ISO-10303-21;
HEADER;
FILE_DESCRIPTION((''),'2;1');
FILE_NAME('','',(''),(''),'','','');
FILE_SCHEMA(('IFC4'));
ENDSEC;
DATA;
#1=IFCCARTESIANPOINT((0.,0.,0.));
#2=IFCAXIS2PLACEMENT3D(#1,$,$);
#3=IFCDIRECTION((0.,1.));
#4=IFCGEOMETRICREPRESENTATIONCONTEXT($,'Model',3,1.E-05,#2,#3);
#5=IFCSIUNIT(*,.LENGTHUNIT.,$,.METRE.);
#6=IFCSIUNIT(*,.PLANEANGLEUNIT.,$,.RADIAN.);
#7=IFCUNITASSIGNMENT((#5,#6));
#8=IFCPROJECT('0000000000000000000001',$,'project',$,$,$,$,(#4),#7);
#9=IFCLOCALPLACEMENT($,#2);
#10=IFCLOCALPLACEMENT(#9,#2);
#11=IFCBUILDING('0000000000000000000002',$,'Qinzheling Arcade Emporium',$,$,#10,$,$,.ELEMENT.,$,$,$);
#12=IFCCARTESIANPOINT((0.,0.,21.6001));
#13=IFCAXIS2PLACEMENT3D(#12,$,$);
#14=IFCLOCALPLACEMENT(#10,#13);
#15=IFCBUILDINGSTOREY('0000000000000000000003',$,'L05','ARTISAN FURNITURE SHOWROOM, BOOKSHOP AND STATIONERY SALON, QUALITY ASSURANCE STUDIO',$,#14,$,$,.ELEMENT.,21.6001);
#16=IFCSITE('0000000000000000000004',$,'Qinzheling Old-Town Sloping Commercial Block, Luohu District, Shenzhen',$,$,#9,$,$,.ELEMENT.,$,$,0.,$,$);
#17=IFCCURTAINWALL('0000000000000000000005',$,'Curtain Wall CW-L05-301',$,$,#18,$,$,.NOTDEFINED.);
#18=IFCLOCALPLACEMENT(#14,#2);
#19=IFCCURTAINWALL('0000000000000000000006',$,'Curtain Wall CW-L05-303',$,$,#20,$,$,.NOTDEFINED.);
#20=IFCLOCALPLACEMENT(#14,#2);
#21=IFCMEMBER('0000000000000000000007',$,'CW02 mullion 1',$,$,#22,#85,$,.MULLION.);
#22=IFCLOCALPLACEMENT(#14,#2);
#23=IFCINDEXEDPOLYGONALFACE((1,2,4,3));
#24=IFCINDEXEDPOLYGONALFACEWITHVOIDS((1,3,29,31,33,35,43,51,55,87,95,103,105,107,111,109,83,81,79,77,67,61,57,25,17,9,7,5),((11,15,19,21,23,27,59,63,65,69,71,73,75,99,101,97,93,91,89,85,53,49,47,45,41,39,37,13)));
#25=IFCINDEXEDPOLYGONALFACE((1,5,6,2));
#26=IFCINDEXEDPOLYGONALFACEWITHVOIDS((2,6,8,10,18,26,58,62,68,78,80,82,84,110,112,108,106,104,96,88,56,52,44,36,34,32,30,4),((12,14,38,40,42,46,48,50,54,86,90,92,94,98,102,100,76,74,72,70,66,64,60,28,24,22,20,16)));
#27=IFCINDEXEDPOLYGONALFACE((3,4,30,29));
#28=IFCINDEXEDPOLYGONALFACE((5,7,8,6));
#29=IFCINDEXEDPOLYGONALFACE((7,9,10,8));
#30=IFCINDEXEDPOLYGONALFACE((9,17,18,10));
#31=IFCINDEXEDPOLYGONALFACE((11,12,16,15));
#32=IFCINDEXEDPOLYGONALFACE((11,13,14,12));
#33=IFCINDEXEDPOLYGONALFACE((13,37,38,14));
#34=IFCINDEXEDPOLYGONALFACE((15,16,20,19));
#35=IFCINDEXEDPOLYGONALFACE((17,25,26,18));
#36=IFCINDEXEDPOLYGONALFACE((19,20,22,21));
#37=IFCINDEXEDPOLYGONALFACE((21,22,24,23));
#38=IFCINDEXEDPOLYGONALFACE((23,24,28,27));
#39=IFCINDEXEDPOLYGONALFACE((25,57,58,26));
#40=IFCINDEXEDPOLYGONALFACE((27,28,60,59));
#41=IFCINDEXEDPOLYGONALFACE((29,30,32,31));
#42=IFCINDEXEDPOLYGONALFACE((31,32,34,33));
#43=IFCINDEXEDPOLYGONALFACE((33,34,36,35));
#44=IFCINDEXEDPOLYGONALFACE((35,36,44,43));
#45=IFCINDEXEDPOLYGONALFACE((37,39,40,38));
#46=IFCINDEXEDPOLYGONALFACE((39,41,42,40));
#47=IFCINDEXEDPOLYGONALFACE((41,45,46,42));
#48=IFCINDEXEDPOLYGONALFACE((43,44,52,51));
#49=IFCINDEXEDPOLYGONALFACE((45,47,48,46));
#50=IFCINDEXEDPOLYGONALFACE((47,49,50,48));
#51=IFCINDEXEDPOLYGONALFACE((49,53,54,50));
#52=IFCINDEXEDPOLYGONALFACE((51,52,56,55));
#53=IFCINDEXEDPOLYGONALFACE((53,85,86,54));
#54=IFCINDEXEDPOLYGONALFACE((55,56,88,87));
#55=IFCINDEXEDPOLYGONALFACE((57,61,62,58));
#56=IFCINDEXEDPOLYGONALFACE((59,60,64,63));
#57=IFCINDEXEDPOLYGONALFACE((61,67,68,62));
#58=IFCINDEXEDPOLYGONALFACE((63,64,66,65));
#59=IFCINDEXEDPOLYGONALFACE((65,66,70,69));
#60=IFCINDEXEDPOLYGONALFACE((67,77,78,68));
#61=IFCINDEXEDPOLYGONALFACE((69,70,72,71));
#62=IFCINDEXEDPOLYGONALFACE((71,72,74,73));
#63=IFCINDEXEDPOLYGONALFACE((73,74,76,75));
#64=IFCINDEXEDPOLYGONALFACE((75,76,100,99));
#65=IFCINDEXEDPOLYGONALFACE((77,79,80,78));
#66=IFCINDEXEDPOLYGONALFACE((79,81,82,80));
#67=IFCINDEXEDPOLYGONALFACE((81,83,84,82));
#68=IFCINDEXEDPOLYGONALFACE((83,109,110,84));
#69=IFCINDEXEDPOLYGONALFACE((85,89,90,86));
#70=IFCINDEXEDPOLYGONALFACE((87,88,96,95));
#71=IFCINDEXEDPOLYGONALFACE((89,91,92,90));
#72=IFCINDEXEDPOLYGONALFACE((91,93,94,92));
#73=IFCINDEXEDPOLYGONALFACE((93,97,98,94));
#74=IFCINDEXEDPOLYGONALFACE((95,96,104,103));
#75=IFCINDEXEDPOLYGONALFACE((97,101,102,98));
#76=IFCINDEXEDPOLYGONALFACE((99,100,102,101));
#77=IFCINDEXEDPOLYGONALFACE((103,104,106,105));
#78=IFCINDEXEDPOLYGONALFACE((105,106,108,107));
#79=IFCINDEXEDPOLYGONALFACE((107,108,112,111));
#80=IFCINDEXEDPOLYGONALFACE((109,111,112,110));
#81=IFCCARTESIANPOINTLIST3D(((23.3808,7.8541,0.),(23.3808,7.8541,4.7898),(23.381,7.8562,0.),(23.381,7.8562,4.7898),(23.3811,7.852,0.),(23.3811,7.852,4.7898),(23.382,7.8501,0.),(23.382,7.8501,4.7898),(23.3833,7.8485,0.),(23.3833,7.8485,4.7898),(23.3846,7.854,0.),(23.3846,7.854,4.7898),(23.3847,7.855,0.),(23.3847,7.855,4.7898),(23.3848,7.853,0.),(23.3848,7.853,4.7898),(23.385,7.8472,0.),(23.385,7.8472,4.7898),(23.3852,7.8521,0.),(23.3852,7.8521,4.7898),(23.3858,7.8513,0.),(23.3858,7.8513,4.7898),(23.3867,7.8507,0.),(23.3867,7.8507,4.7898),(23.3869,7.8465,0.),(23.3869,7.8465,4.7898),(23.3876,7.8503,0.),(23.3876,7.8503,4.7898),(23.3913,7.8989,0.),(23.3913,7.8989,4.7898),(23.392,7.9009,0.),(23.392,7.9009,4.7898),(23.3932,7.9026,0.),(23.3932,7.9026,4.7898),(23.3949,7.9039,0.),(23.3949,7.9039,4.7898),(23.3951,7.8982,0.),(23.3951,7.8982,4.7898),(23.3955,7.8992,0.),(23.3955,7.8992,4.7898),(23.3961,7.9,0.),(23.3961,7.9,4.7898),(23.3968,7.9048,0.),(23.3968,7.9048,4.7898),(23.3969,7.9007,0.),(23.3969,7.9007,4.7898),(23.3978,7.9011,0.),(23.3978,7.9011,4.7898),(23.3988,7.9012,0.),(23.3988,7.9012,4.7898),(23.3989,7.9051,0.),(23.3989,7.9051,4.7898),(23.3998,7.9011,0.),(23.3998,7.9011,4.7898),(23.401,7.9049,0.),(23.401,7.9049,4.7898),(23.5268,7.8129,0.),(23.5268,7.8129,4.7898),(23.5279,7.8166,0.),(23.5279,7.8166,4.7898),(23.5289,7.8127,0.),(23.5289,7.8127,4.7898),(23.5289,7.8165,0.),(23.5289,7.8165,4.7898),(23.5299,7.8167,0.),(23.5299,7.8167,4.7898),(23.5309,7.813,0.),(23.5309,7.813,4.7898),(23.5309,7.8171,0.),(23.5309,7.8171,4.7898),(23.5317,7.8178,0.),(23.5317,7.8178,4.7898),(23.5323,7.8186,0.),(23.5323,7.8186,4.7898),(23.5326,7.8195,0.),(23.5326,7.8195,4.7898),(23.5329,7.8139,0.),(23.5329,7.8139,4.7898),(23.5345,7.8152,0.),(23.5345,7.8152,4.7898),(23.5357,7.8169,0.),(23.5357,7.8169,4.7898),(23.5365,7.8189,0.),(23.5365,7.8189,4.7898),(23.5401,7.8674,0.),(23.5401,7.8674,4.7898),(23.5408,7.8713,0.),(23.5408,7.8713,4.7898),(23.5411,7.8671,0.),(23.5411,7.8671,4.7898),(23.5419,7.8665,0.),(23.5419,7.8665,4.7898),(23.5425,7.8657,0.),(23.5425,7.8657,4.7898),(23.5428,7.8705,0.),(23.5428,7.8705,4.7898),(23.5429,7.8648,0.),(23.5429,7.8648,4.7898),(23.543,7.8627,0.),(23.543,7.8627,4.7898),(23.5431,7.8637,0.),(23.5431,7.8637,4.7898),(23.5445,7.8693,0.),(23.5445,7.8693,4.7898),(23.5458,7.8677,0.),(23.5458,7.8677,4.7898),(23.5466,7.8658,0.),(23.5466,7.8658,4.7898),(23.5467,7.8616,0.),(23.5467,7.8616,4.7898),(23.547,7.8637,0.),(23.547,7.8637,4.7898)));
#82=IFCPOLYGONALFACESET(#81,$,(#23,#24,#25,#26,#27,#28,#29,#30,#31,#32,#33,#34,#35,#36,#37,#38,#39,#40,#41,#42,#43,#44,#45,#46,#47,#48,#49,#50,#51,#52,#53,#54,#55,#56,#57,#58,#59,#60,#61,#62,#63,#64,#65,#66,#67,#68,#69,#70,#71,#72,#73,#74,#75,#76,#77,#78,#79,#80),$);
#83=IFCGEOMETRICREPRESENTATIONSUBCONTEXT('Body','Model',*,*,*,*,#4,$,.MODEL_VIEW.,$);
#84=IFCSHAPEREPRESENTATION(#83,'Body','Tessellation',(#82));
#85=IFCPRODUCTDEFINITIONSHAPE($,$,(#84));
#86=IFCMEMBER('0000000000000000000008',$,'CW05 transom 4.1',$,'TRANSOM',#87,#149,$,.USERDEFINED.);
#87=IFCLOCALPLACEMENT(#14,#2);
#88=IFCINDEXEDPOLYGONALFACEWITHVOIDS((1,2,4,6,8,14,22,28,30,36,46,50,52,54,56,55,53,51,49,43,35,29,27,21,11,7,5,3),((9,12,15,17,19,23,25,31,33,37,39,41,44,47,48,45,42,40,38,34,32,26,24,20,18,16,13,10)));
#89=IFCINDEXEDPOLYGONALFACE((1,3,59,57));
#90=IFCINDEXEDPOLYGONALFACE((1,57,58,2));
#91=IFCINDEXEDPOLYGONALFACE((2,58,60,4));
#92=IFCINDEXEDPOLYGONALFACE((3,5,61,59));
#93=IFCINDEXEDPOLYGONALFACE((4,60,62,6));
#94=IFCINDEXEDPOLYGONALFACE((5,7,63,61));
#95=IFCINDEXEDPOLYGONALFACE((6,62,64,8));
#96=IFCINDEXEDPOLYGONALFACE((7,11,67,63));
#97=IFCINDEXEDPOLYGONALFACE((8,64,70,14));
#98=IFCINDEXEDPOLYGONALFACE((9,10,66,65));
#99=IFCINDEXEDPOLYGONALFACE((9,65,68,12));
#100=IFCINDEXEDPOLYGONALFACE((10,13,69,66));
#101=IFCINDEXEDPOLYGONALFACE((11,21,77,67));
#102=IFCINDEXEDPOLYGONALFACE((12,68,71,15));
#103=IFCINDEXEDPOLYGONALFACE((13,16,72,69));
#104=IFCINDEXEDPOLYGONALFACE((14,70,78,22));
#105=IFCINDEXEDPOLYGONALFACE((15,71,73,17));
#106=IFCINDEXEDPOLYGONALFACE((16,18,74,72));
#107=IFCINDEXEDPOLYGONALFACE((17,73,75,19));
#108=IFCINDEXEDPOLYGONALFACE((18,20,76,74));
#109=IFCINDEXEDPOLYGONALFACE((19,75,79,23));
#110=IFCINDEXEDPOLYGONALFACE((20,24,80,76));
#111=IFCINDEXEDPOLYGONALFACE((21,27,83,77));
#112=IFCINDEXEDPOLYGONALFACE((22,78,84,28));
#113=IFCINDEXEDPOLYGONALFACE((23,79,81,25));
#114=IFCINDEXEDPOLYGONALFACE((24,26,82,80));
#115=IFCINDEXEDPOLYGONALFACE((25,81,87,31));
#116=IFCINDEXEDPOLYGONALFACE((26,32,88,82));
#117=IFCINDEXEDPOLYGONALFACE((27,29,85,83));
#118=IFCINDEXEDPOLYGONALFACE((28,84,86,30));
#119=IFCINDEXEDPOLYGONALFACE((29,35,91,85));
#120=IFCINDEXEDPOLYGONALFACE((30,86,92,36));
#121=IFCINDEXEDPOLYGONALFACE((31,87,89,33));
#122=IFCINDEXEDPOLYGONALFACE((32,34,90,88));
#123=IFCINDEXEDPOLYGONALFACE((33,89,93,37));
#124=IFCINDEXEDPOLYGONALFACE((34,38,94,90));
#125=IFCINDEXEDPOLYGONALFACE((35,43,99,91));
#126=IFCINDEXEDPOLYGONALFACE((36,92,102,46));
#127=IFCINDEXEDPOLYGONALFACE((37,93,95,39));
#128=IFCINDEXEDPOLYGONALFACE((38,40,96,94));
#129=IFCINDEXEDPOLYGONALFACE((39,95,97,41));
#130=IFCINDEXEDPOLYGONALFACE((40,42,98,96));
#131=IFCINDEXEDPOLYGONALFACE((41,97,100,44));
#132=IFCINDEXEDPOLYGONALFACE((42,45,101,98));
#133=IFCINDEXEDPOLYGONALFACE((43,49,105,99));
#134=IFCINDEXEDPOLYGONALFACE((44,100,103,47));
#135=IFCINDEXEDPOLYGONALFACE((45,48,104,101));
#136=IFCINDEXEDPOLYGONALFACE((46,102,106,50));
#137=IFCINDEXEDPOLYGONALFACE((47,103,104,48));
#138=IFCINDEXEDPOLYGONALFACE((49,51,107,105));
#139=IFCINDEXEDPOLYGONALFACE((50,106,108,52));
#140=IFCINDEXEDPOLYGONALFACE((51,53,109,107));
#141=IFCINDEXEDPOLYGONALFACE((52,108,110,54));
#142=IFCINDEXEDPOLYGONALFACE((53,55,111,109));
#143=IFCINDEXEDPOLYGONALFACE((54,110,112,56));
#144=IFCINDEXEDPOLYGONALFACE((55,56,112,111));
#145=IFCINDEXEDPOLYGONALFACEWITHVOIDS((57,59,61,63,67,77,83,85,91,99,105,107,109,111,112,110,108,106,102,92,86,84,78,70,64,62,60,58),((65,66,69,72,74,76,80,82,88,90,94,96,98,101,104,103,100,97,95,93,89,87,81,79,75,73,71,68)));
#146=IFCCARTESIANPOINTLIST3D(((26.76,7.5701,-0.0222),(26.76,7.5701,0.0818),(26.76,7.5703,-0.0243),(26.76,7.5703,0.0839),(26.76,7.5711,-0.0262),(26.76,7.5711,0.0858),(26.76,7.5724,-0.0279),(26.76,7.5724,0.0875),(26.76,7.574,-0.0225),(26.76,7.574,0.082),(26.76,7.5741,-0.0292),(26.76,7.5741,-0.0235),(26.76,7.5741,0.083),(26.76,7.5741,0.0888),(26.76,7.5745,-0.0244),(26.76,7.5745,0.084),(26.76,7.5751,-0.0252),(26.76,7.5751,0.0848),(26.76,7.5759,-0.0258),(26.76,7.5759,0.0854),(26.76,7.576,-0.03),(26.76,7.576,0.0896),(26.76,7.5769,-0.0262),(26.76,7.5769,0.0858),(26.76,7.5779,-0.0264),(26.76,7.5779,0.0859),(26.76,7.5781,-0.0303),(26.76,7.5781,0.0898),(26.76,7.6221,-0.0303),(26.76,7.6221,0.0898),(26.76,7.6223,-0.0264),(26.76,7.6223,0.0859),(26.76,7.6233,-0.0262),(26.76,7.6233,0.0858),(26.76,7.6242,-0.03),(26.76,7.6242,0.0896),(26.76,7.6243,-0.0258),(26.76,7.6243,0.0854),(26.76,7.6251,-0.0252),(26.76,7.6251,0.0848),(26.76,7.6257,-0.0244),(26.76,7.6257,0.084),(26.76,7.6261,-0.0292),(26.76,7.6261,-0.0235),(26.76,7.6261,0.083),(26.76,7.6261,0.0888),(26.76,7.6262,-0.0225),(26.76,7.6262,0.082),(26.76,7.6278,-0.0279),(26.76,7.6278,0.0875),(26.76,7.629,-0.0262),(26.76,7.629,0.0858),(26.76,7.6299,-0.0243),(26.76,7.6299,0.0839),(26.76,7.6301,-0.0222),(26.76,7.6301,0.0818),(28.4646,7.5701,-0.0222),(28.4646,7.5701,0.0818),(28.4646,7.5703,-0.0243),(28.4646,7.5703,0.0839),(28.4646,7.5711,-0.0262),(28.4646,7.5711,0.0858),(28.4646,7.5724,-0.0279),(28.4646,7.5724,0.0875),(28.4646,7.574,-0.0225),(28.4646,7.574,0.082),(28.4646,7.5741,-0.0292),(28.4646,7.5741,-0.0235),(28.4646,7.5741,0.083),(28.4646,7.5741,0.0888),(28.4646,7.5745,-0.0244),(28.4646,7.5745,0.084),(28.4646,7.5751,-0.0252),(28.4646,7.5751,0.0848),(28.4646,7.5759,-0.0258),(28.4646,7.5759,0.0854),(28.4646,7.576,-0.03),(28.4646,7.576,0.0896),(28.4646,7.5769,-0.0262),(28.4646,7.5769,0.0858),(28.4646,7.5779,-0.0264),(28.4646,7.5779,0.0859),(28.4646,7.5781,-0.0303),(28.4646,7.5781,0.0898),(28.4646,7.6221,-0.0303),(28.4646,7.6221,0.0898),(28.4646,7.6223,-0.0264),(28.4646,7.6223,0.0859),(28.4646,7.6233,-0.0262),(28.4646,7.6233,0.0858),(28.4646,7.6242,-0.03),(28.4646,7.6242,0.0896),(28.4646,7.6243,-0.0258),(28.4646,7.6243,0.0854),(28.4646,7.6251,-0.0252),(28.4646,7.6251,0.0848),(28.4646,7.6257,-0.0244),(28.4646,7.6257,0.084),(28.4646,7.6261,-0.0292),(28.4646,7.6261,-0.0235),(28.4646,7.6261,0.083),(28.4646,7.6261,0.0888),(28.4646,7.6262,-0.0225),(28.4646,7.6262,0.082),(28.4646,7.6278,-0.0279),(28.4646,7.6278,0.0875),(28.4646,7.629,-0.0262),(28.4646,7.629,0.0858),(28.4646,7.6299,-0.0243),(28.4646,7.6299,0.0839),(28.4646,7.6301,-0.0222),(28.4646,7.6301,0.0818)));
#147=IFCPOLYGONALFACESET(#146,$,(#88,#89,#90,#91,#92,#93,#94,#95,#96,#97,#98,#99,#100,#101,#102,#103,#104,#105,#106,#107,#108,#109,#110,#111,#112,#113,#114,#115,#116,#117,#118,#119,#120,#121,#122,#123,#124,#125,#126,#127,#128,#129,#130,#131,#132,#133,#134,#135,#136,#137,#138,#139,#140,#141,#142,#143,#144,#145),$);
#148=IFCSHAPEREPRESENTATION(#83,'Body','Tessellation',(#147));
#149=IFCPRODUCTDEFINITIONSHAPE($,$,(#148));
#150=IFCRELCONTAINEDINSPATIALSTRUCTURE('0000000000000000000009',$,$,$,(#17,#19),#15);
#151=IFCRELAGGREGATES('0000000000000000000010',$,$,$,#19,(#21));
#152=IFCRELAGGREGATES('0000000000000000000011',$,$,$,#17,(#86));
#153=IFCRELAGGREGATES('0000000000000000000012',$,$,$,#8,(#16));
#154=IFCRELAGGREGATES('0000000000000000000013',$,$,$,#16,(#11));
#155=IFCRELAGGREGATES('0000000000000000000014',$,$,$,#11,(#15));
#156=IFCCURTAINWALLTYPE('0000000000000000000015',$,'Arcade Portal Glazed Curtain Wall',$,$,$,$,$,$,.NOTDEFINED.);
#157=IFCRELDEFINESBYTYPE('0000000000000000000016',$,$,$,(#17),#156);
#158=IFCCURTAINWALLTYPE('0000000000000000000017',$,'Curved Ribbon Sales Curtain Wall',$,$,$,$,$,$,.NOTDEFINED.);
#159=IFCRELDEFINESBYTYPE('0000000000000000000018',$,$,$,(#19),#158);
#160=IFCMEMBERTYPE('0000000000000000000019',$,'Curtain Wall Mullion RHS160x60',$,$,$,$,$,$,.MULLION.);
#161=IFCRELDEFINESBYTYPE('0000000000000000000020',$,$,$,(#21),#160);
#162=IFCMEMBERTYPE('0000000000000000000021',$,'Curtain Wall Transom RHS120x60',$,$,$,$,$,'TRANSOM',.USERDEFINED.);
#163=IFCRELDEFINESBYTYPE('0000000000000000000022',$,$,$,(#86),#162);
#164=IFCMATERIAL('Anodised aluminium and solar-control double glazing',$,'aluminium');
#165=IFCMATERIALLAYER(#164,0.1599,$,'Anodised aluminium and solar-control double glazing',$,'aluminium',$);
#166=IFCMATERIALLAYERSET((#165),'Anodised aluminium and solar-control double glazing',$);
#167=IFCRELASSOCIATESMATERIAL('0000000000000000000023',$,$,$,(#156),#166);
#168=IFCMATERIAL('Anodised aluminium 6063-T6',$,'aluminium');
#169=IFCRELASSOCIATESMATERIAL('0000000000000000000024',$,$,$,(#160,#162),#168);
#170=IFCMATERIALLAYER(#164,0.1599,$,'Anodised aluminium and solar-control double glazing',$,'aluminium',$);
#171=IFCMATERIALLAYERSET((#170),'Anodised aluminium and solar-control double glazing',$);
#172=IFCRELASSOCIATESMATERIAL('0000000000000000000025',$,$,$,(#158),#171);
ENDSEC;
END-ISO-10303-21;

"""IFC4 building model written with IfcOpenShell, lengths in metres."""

from ifc_helpers import new_model, si_unit, direction, frame, origin, origin_2d, place, context, subcontext, project, spatial, hollow_rectangle, extrude, material, layer, layer_set, material_profile, profile_set, type_object, element, aggregate, save


model = new_model("IFC4")

# Units and contexts
model_context = context("Model", 3, precision=1e-05, world=origin(), true_north=direction((0.0, 1.0)))
body_context = subcontext(model_context, "Body", "Model", "MODEL_VIEW")
ifc_project = project(units=[si_unit("LENGTHUNIT", "METRE"), si_unit("PLANEANGLEUNIT", "RADIAN")], contexts=[model_context])

# Site, building, storey
site_placement = place(None, origin())
site = spatial("IfcSite", under=ifc_project, at=site_placement, Name="Qinzheling Old-Town Sloping Commercial Block, Luohu District, Shenzhen", CompositionType="ELEMENT", RefElevation=0.0)
building_placement = place(site_placement, origin())
building = spatial("IfcBuilding", under=site, at=building_placement, Name="Qinzheling Arcade Emporium", CompositionType="ELEMENT")
storey_placement = place(building_placement, frame((0.0, 0.0, 21.6001)))
storey = spatial("IfcBuildingStorey", under=building, at=storey_placement, Name="L05", Description="ARTISAN FURNITURE SHOWROOM, BOOKSHOP AND STATIONERY SALON, QUALITY ASSURANCE STUDIO", CompositionType="ELEMENT", Elevation=21.6001)

# Curtain wall
ifc_material_1 = material(Name="Anodised aluminium and solar-control double glazing", Category="aluminium")
ifc_layer_1 = layer(ifc_material_1, 0.1599, Name="Anodised aluminium and solar-control double glazing", Category="aluminium")
ifc_layer_set_1 = layer_set([ifc_layer_1], Name="Anodised aluminium and solar-control double glazing")
curtain_wall_type_1 = type_object("IfcCurtainWallType", Name="Arcade Portal Glazed Curtain Wall", PredefinedType="NOTDEFINED", material=ifc_layer_set_1)
curtain_wall_1_placement = place(storey_placement, origin())
curtain_wall_1 = element("IfcCurtainWall", 1, at=curtain_wall_1_placement, inside=storey, type_object=curtain_wall_type_1, Name="Curtain Wall CW-L05-301", PredefinedType="NOTDEFINED")
ifc_material_2 = material(Name="Anodised aluminium 6063-T6", Category="aluminium")
ifc_material_profile_1 = material_profile(ifc_material_2, hollow_rectangle(XDim=0.0601, YDim=0.1599, WallThickness=0.0039, InnerFilletRadius=0.0039, OuterFilletRadius=0.0081, at=origin_2d()), Name="RHS 160x60x4", Category="aluminium")
ifc_profile_set_1 = profile_set([ifc_material_profile_1], Name="Anodised aluminium 6063-T6")
member_type_1 = type_object("IfcMemberType", Name="Curtain Wall Mullion RHS160x60", PredefinedType="MULLION", material=ifc_profile_set_1)

# Shared definitions
ifc_layer_2 = layer(ifc_material_1, 0.1599, Name="Anodised aluminium and solar-control double glazing", Category="aluminium")
ifc_layer_set_2 = layer_set([ifc_layer_2], Name="Anodised aluminium and solar-control double glazing")
curtain_wall_type_2 = type_object("IfcCurtainWallType", Name="Curved Ribbon Sales Curtain Wall", PredefinedType="NOTDEFINED", material=ifc_layer_set_2)

# Curtain wall, member
curtain_wall_2_placement = place(storey_placement, origin())
curtain_wall_2 = element("IfcCurtainWall", 2, at=curtain_wall_2_placement, inside=storey, type_object=curtain_wall_type_2, Name="Curtain Wall CW-L05-303", PredefinedType="NOTDEFINED")
member_1_placement = place(storey_placement, frame((23.4639, 7.8589, 0.0), z_axis=(0.0, 0.0, 1.0), x_axis=(-0.233455, -0.972368, 0.0)))
member_1 = element("IfcMember", 3, at=member_1_placement, type_object=member_type_1, Name="CW02 mullion 1", PredefinedType="MULLION", context=body_context, shape_type="SweptSolid", body=[
    extrude(hollow_rectangle(XDim=0.0601, YDim=0.1599, WallThickness=0.0039, InnerFilletRadius=0.0039, OuterFilletRadius=0.0081, at=origin_2d()), origin(), (0.0, 0.0, 1.0), 4.7898),
])
aggregate(curtain_wall_2, [member_1])

# Member
ifc_material_profile_2 = material_profile(ifc_material_2, hollow_rectangle(XDim=0.0601, YDim=0.1201, WallThickness=0.0039, InnerFilletRadius=0.0039, OuterFilletRadius=0.0081, at=origin_2d()), Name="RHS 120x60x4", Category="aluminium")
ifc_profile_set_2 = profile_set([ifc_material_profile_2], Name="Anodised aluminium 6063-T6")
member_type_2 = type_object("IfcMemberType", Name="Curtain Wall Transom RHS120x60", ElementType="TRANSOM", PredefinedType="USERDEFINED", material=ifc_profile_set_2)
member_2_placement = place(storey_placement, frame((28.4646, 7.6001, 0.0298), z_axis=(-1.0, 0.0, 0.0), x_axis=(0.0, -1.0, 0.0)))
member_2 = element("IfcMember", 4, at=member_2_placement, type_object=member_type_2, Name="CW05 transom 4.1", ObjectType="TRANSOM", PredefinedType="USERDEFINED", context=body_context, shape_type="SweptSolid", body=[
    extrude(hollow_rectangle(XDim=0.0601, YDim=0.1201, WallThickness=0.0039, InnerFilletRadius=0.0039, OuterFilletRadius=0.0081, at=origin_2d()), origin(), (0.0, 0.0, 1.0), 1.7046),
])

aggregate(curtain_wall_1, [member_2])

save(model, "model.ifc")
